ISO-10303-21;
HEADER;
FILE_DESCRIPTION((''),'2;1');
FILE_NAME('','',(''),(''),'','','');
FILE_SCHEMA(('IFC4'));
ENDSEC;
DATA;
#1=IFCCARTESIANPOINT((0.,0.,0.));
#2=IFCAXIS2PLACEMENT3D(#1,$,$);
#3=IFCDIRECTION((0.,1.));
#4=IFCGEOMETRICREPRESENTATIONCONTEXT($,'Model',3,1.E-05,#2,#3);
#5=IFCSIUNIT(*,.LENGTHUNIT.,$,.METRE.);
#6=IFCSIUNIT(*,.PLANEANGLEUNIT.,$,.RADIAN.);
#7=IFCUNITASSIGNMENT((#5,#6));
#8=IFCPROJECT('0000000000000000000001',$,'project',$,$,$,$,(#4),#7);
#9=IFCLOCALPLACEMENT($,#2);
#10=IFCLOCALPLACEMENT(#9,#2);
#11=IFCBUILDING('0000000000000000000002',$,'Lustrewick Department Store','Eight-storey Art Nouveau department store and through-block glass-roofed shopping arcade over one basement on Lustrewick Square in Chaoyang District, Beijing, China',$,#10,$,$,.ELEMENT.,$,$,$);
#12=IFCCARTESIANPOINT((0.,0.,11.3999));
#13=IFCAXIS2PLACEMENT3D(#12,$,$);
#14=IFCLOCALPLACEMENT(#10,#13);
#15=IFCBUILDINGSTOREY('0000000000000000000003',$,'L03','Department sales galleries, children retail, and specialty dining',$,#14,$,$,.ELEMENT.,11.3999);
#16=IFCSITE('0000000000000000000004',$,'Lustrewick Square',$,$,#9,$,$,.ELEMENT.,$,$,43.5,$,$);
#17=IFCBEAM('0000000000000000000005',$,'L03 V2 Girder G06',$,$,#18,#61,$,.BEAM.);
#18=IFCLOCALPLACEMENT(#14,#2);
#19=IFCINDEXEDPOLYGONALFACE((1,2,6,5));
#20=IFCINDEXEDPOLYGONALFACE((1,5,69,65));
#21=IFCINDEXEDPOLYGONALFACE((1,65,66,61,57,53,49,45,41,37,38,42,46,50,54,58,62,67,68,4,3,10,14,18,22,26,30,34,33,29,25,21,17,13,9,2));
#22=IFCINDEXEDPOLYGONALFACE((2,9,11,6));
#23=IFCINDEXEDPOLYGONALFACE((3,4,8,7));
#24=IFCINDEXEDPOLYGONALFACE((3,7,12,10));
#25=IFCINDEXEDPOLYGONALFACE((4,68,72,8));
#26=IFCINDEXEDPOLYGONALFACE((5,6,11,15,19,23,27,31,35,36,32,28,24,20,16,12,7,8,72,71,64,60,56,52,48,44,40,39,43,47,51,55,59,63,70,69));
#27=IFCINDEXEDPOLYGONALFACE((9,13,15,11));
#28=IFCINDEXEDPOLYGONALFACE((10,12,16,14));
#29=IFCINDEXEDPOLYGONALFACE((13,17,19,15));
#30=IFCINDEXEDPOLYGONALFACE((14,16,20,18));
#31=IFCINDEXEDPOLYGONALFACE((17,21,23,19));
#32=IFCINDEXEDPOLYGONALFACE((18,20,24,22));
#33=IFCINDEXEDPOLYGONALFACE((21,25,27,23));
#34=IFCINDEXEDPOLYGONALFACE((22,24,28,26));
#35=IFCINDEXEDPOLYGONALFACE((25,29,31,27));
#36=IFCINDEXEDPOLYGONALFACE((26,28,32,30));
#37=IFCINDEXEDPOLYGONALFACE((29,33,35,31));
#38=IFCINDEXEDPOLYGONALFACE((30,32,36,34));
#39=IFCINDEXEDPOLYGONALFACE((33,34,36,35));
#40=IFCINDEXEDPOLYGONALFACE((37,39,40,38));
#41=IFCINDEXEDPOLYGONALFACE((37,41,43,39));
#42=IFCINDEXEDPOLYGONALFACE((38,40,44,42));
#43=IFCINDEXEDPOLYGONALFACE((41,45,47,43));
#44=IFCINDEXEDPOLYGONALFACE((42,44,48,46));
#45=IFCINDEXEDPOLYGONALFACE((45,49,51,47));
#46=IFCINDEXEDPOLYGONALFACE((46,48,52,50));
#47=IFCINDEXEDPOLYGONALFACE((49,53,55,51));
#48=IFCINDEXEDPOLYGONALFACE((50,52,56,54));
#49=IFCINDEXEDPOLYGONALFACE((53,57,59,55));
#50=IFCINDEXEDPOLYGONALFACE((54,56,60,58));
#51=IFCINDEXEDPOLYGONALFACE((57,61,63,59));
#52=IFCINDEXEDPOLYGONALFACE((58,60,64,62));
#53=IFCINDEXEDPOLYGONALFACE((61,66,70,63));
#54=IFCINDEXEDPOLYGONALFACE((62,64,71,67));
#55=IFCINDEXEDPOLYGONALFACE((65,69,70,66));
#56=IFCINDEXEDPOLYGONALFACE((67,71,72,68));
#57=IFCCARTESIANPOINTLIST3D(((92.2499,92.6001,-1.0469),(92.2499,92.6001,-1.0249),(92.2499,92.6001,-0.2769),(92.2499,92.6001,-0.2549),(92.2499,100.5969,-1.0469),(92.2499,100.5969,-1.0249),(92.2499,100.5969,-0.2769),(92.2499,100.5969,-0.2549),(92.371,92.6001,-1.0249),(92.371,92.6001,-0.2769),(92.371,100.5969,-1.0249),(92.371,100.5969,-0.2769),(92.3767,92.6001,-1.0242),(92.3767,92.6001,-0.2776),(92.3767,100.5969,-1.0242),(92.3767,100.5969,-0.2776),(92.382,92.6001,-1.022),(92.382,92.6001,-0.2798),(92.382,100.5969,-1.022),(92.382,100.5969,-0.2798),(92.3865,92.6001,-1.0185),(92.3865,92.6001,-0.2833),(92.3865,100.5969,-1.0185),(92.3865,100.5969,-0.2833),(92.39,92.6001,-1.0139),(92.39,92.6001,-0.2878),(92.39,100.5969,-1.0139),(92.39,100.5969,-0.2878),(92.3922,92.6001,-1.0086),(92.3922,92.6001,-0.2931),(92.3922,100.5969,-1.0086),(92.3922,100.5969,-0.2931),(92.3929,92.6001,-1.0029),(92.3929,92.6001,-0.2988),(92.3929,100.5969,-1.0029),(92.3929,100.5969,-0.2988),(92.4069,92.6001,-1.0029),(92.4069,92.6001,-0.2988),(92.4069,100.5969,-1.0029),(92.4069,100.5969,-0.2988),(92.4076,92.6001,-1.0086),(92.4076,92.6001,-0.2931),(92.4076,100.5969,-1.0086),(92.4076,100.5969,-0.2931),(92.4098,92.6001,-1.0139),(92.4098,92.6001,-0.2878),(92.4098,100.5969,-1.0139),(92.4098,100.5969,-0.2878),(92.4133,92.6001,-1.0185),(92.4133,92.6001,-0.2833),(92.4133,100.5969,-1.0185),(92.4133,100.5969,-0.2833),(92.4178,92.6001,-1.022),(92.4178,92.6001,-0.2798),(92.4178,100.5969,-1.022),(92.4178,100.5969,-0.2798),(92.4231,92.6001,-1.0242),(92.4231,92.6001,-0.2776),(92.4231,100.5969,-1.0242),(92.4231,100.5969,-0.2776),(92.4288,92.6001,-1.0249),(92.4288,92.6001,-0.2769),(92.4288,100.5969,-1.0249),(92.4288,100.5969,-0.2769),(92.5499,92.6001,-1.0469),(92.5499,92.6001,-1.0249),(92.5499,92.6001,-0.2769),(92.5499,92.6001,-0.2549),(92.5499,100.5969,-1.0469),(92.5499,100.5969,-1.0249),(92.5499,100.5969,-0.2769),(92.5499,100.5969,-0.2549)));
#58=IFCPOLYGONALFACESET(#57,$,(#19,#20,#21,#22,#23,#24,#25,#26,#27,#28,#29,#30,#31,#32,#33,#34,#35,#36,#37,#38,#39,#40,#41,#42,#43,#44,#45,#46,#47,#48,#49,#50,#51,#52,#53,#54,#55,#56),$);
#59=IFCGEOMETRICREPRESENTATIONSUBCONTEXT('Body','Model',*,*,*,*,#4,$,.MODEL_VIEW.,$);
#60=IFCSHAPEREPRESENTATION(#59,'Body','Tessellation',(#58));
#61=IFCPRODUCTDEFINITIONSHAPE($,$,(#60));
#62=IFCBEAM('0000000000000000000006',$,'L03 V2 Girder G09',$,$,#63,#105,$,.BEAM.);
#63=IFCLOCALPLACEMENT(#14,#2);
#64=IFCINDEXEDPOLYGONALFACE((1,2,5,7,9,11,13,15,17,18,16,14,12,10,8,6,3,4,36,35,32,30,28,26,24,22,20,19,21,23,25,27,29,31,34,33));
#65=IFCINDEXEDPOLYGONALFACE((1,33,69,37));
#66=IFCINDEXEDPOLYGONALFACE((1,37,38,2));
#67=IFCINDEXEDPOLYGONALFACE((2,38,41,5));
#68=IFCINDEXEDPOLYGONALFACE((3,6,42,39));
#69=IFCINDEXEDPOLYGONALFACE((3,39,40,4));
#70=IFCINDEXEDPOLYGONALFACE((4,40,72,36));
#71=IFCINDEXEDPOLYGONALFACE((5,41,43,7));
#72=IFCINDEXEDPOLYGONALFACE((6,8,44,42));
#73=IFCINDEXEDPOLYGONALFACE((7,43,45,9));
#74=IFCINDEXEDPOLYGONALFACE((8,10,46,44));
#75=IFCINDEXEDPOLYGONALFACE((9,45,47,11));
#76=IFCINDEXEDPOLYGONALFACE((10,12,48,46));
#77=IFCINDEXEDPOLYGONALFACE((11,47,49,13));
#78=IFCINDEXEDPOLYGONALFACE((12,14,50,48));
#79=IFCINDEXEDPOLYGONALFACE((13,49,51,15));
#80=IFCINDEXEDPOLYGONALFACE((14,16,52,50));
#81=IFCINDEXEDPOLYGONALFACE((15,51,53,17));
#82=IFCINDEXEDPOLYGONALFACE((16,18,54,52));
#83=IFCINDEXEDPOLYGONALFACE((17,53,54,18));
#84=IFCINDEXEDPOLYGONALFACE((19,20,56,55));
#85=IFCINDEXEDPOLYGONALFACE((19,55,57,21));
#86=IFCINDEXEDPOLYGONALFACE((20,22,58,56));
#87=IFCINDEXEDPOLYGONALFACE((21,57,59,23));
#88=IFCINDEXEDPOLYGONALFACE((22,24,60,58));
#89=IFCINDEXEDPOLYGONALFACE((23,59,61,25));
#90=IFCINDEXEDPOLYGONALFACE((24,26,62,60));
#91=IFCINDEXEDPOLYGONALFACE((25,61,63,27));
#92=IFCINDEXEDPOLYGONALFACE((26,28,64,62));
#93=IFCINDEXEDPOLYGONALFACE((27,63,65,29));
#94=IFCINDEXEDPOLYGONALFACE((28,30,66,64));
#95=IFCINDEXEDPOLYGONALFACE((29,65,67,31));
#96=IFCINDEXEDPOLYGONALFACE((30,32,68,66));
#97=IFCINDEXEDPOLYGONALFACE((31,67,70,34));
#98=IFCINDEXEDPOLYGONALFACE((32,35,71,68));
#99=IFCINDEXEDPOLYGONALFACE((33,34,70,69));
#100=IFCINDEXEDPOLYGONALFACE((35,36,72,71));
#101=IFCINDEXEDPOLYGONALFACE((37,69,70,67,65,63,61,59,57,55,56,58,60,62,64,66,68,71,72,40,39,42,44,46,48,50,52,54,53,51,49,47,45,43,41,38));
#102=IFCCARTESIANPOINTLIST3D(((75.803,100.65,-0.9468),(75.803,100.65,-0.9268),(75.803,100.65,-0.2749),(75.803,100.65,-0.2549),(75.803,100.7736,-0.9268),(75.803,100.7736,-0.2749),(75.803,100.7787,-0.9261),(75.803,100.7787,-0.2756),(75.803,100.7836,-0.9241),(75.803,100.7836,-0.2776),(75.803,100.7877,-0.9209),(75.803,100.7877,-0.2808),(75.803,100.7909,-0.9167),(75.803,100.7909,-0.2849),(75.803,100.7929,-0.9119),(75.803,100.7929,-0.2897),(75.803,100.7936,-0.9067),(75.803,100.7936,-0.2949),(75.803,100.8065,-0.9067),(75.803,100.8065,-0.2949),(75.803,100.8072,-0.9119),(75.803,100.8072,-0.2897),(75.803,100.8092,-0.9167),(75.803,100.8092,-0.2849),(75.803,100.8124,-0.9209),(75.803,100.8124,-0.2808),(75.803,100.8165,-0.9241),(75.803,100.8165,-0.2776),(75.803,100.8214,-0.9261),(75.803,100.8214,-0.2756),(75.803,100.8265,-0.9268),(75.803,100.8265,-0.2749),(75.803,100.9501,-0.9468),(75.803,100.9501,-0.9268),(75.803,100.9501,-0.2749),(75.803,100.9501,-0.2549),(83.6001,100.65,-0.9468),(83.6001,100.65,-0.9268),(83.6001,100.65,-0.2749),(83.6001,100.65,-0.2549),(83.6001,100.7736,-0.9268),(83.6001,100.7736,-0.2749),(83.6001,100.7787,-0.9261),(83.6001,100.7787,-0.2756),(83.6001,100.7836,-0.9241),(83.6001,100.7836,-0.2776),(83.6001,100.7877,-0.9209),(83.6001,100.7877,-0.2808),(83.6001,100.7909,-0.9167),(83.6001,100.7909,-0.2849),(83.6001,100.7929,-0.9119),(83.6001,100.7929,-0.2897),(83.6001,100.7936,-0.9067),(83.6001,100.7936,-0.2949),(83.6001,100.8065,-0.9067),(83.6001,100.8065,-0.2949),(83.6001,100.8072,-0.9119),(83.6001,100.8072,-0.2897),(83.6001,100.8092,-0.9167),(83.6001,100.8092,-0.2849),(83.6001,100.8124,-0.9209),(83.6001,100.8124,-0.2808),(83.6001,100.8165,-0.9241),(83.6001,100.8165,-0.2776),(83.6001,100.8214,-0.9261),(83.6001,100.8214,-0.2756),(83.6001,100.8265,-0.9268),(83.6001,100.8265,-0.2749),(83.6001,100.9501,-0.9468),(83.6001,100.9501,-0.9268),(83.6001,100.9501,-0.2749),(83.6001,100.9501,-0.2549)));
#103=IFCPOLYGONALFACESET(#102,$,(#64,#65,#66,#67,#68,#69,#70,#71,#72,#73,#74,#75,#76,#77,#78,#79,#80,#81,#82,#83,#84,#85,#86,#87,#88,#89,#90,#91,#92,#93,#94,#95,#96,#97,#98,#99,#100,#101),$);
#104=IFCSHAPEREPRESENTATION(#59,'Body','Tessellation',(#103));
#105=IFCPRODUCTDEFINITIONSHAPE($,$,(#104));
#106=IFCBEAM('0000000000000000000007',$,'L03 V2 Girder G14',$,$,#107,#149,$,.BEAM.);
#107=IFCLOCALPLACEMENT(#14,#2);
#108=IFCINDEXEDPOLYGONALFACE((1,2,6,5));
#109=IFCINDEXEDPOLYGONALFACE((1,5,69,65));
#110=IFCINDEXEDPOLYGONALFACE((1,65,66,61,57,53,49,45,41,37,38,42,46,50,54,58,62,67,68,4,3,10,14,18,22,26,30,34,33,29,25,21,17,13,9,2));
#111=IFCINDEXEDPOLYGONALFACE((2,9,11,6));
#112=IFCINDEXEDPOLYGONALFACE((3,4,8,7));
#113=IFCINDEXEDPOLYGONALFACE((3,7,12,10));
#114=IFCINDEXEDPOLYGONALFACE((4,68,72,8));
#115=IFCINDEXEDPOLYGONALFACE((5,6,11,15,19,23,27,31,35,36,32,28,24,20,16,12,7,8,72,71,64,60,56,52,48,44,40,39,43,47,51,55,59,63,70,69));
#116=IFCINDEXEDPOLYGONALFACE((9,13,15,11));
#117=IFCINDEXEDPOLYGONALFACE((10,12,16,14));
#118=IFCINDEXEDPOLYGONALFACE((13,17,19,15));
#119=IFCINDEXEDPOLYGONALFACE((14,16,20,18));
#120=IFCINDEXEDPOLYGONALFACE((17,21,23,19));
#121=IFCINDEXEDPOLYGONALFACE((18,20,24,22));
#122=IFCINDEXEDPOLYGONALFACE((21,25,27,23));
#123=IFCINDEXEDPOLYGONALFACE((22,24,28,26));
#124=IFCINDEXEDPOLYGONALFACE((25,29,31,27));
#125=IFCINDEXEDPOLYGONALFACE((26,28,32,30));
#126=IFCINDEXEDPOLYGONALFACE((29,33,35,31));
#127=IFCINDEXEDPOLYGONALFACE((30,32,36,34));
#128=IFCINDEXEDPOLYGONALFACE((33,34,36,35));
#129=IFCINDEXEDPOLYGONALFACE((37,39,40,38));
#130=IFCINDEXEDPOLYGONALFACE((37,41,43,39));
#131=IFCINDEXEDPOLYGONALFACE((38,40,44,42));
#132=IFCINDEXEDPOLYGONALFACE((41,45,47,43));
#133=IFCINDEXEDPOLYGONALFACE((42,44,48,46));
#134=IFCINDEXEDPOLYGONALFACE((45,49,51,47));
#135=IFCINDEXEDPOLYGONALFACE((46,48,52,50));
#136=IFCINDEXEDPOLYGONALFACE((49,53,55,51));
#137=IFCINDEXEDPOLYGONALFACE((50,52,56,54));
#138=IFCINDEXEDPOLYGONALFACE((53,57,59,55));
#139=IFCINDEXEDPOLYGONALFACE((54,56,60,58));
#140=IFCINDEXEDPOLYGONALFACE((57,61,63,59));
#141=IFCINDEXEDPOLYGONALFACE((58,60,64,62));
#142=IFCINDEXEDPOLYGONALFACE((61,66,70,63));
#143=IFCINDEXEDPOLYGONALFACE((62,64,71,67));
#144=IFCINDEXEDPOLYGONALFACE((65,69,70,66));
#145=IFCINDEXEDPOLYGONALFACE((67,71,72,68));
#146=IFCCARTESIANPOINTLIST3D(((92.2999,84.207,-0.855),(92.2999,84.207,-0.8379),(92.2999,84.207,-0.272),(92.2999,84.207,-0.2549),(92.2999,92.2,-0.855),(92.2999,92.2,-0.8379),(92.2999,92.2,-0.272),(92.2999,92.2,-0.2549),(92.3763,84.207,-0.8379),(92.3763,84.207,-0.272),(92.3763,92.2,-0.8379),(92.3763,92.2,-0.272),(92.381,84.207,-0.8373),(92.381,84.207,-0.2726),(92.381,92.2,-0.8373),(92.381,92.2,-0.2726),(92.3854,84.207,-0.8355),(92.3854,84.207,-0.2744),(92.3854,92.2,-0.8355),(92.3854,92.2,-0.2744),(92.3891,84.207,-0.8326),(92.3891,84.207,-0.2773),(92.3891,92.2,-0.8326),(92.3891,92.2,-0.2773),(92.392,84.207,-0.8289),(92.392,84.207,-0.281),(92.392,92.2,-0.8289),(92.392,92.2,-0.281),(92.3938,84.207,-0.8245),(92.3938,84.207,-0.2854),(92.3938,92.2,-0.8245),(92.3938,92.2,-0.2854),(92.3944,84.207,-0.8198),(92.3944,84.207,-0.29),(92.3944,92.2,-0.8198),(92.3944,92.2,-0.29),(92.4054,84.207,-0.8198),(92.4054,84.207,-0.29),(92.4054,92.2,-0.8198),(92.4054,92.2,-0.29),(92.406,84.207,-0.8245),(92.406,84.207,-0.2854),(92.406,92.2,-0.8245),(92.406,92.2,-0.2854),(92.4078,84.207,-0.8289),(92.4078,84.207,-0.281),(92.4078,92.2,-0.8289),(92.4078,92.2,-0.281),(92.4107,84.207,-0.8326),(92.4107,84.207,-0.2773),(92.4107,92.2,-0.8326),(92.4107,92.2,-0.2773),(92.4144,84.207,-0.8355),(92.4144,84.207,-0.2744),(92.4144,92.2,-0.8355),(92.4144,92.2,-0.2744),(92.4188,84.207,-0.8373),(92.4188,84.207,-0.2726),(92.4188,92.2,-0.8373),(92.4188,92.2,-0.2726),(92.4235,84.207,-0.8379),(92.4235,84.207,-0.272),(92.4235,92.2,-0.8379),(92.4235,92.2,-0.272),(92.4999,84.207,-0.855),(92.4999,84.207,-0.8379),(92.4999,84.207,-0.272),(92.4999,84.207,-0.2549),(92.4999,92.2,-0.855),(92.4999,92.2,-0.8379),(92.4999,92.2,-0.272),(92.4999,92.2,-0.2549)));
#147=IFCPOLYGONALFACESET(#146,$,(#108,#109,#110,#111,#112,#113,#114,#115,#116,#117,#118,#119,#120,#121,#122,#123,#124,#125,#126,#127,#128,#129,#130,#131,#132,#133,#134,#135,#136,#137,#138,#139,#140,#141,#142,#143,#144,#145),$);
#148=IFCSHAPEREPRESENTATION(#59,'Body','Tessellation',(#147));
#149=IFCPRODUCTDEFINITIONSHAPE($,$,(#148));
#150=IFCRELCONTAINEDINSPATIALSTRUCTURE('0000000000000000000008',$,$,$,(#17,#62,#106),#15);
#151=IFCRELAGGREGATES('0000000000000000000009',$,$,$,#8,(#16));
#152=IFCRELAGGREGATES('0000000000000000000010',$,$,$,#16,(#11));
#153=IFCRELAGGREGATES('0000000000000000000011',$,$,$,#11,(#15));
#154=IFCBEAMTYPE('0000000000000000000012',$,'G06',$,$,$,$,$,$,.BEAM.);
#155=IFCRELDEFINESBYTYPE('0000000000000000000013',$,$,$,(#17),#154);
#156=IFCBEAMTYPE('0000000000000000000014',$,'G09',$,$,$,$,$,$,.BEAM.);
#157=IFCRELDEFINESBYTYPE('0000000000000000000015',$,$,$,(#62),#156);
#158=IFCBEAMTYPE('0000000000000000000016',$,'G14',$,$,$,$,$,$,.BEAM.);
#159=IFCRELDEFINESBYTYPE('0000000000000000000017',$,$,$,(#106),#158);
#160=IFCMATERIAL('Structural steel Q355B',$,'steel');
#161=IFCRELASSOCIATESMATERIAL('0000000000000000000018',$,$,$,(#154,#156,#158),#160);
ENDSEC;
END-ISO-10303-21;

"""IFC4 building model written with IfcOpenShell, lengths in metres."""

from ifc_helpers import new_model, si_unit, direction, frame, origin, origin_2d, place, context, subcontext, project, spatial, i_section, extrude, material, material_profile, profile_set, type_object, element, save


model = new_model("IFC4")

# Units and contexts
model_context = context("Model", 3, precision=1e-05, world=origin(), true_north=direction((0.0, 1.0)))
body_context = subcontext(model_context, "Body", "Model", "MODEL_VIEW")
ifc_project = project(units=[si_unit("LENGTHUNIT", "METRE"), si_unit("PLANEANGLEUNIT", "RADIAN")], contexts=[model_context])

# Site, building, storey
site_placement = place(None, origin())
site = spatial("IfcSite", under=ifc_project, at=site_placement, Name="Lustrewick Square", CompositionType="ELEMENT", RefElevation=43.5)
building_placement = place(site_placement, origin())
building = spatial("IfcBuilding", under=site, at=building_placement, Name="Lustrewick Department Store", Description="Eight-storey Art Nouveau department store and through-block glass-roofed shopping arcade over one basement on Lustrewick Square in Chaoyang District, Beijing, China", CompositionType="ELEMENT")
storey_placement = place(building_placement, frame((0.0, 0.0, 11.3999)))
storey = spatial("IfcBuildingStorey", under=building, at=storey_placement, Name="L03", Description="Department sales galleries, children retail, and specialty dining", CompositionType="ELEMENT", Elevation=11.3999)

# Shared definitions
ifc_material_1 = material(Name="Structural steel Q355B", Category="steel")

# Beams
ifc_material_profile_1 = material_profile(ifc_material_1, i_section(OverallWidth=0.3, OverallDepth=0.792, WebThickness=0.0139, FlangeThickness=0.022, FilletRadius=0.022, at=origin_2d()), Name="HN 792x300x14x22")
ifc_profile_set_1 = profile_set([ifc_material_profile_1], Name="Structural steel Q355B")
beam_type_1 = type_object("IfcBeamType", Name="G06", PredefinedType="BEAM", material=ifc_profile_set_1)
beam_1_placement = place(storey_placement, frame((92.3999, 92.6001, -0.6509), z_axis=(0.0, 1.0, 0.0), x_axis=(-1.0, 0.0, 0.0)))
element("IfcBeam", 1, at=beam_1_placement, inside=storey, type_object=beam_type_1, Name="L03 V2 Girder G06", PredefinedType="BEAM", context=body_context, shape_type="SweptSolid", body=[
    extrude(i_section(OverallWidth=0.3, OverallDepth=0.792, WebThickness=0.0139, FlangeThickness=0.022, FilletRadius=0.022, at=origin_2d()), origin(), (0.0, 0.0, 1.0), 7.9968),
])
ifc_material_profile_2 = material_profile(ifc_material_1, i_section(OverallWidth=0.3, OverallDepth=0.6919, WebThickness=0.0129, FlangeThickness=0.02, FilletRadius=0.02, at=origin_2d()), Name="HN 692x300x13x20")
ifc_profile_set_2 = profile_set([ifc_material_profile_2], Name="Structural steel Q355B")
beam_type_2 = type_object("IfcBeamType", Name="G09", PredefinedType="BEAM", material=ifc_profile_set_2)
beam_2_placement = place(storey_placement, frame((75.803, 100.8, -0.6008), z_axis=(1.0, 0.0, 0.0), x_axis=(0.0, 1.0, 0.0)))
element("IfcBeam", 2, at=beam_2_placement, inside=storey, type_object=beam_type_2, Name="L03 V2 Girder G09", PredefinedType="BEAM", context=body_context, shape_type="SweptSolid", body=[
    extrude(i_section(OverallWidth=0.3, OverallDepth=0.6919, WebThickness=0.0129, FlangeThickness=0.02, FilletRadius=0.02, at=origin_2d()), origin(), (0.0, 0.0, 1.0), 7.7971),
])
ifc_material_profile_3 = material_profile(ifc_material_1, i_section(OverallWidth=0.2, OverallDepth=0.6001, WebThickness=0.011, FlangeThickness=0.0171, FilletRadius=0.0181, at=origin_2d()), Name="HN 600x200x11x17")
ifc_profile_set_3 = profile_set([ifc_material_profile_3], Name="Structural steel Q355B")
beam_type_3 = type_object("IfcBeamType", Name="G14", PredefinedType="BEAM", material=ifc_profile_set_3)
beam_3_placement = place(storey_placement, frame((92.3999, 84.207, -0.5549), z_axis=(0.0, 1.0, 0.0), x_axis=(-1.0, 0.0, 0.0)))
element("IfcBeam", 3, at=beam_3_placement, inside=storey, type_object=beam_type_3, Name="L03 V2 Girder G14", PredefinedType="BEAM", context=body_context, shape_type="SweptSolid", body=[
    extrude(i_section(OverallWidth=0.2, OverallDepth=0.6001, WebThickness=0.011, FlangeThickness=0.0171, FilletRadius=0.0181, at=origin_2d()), origin(), (0.0, 0.0, 1.0), 7.9929),
])

save(model, "model.ifc")
